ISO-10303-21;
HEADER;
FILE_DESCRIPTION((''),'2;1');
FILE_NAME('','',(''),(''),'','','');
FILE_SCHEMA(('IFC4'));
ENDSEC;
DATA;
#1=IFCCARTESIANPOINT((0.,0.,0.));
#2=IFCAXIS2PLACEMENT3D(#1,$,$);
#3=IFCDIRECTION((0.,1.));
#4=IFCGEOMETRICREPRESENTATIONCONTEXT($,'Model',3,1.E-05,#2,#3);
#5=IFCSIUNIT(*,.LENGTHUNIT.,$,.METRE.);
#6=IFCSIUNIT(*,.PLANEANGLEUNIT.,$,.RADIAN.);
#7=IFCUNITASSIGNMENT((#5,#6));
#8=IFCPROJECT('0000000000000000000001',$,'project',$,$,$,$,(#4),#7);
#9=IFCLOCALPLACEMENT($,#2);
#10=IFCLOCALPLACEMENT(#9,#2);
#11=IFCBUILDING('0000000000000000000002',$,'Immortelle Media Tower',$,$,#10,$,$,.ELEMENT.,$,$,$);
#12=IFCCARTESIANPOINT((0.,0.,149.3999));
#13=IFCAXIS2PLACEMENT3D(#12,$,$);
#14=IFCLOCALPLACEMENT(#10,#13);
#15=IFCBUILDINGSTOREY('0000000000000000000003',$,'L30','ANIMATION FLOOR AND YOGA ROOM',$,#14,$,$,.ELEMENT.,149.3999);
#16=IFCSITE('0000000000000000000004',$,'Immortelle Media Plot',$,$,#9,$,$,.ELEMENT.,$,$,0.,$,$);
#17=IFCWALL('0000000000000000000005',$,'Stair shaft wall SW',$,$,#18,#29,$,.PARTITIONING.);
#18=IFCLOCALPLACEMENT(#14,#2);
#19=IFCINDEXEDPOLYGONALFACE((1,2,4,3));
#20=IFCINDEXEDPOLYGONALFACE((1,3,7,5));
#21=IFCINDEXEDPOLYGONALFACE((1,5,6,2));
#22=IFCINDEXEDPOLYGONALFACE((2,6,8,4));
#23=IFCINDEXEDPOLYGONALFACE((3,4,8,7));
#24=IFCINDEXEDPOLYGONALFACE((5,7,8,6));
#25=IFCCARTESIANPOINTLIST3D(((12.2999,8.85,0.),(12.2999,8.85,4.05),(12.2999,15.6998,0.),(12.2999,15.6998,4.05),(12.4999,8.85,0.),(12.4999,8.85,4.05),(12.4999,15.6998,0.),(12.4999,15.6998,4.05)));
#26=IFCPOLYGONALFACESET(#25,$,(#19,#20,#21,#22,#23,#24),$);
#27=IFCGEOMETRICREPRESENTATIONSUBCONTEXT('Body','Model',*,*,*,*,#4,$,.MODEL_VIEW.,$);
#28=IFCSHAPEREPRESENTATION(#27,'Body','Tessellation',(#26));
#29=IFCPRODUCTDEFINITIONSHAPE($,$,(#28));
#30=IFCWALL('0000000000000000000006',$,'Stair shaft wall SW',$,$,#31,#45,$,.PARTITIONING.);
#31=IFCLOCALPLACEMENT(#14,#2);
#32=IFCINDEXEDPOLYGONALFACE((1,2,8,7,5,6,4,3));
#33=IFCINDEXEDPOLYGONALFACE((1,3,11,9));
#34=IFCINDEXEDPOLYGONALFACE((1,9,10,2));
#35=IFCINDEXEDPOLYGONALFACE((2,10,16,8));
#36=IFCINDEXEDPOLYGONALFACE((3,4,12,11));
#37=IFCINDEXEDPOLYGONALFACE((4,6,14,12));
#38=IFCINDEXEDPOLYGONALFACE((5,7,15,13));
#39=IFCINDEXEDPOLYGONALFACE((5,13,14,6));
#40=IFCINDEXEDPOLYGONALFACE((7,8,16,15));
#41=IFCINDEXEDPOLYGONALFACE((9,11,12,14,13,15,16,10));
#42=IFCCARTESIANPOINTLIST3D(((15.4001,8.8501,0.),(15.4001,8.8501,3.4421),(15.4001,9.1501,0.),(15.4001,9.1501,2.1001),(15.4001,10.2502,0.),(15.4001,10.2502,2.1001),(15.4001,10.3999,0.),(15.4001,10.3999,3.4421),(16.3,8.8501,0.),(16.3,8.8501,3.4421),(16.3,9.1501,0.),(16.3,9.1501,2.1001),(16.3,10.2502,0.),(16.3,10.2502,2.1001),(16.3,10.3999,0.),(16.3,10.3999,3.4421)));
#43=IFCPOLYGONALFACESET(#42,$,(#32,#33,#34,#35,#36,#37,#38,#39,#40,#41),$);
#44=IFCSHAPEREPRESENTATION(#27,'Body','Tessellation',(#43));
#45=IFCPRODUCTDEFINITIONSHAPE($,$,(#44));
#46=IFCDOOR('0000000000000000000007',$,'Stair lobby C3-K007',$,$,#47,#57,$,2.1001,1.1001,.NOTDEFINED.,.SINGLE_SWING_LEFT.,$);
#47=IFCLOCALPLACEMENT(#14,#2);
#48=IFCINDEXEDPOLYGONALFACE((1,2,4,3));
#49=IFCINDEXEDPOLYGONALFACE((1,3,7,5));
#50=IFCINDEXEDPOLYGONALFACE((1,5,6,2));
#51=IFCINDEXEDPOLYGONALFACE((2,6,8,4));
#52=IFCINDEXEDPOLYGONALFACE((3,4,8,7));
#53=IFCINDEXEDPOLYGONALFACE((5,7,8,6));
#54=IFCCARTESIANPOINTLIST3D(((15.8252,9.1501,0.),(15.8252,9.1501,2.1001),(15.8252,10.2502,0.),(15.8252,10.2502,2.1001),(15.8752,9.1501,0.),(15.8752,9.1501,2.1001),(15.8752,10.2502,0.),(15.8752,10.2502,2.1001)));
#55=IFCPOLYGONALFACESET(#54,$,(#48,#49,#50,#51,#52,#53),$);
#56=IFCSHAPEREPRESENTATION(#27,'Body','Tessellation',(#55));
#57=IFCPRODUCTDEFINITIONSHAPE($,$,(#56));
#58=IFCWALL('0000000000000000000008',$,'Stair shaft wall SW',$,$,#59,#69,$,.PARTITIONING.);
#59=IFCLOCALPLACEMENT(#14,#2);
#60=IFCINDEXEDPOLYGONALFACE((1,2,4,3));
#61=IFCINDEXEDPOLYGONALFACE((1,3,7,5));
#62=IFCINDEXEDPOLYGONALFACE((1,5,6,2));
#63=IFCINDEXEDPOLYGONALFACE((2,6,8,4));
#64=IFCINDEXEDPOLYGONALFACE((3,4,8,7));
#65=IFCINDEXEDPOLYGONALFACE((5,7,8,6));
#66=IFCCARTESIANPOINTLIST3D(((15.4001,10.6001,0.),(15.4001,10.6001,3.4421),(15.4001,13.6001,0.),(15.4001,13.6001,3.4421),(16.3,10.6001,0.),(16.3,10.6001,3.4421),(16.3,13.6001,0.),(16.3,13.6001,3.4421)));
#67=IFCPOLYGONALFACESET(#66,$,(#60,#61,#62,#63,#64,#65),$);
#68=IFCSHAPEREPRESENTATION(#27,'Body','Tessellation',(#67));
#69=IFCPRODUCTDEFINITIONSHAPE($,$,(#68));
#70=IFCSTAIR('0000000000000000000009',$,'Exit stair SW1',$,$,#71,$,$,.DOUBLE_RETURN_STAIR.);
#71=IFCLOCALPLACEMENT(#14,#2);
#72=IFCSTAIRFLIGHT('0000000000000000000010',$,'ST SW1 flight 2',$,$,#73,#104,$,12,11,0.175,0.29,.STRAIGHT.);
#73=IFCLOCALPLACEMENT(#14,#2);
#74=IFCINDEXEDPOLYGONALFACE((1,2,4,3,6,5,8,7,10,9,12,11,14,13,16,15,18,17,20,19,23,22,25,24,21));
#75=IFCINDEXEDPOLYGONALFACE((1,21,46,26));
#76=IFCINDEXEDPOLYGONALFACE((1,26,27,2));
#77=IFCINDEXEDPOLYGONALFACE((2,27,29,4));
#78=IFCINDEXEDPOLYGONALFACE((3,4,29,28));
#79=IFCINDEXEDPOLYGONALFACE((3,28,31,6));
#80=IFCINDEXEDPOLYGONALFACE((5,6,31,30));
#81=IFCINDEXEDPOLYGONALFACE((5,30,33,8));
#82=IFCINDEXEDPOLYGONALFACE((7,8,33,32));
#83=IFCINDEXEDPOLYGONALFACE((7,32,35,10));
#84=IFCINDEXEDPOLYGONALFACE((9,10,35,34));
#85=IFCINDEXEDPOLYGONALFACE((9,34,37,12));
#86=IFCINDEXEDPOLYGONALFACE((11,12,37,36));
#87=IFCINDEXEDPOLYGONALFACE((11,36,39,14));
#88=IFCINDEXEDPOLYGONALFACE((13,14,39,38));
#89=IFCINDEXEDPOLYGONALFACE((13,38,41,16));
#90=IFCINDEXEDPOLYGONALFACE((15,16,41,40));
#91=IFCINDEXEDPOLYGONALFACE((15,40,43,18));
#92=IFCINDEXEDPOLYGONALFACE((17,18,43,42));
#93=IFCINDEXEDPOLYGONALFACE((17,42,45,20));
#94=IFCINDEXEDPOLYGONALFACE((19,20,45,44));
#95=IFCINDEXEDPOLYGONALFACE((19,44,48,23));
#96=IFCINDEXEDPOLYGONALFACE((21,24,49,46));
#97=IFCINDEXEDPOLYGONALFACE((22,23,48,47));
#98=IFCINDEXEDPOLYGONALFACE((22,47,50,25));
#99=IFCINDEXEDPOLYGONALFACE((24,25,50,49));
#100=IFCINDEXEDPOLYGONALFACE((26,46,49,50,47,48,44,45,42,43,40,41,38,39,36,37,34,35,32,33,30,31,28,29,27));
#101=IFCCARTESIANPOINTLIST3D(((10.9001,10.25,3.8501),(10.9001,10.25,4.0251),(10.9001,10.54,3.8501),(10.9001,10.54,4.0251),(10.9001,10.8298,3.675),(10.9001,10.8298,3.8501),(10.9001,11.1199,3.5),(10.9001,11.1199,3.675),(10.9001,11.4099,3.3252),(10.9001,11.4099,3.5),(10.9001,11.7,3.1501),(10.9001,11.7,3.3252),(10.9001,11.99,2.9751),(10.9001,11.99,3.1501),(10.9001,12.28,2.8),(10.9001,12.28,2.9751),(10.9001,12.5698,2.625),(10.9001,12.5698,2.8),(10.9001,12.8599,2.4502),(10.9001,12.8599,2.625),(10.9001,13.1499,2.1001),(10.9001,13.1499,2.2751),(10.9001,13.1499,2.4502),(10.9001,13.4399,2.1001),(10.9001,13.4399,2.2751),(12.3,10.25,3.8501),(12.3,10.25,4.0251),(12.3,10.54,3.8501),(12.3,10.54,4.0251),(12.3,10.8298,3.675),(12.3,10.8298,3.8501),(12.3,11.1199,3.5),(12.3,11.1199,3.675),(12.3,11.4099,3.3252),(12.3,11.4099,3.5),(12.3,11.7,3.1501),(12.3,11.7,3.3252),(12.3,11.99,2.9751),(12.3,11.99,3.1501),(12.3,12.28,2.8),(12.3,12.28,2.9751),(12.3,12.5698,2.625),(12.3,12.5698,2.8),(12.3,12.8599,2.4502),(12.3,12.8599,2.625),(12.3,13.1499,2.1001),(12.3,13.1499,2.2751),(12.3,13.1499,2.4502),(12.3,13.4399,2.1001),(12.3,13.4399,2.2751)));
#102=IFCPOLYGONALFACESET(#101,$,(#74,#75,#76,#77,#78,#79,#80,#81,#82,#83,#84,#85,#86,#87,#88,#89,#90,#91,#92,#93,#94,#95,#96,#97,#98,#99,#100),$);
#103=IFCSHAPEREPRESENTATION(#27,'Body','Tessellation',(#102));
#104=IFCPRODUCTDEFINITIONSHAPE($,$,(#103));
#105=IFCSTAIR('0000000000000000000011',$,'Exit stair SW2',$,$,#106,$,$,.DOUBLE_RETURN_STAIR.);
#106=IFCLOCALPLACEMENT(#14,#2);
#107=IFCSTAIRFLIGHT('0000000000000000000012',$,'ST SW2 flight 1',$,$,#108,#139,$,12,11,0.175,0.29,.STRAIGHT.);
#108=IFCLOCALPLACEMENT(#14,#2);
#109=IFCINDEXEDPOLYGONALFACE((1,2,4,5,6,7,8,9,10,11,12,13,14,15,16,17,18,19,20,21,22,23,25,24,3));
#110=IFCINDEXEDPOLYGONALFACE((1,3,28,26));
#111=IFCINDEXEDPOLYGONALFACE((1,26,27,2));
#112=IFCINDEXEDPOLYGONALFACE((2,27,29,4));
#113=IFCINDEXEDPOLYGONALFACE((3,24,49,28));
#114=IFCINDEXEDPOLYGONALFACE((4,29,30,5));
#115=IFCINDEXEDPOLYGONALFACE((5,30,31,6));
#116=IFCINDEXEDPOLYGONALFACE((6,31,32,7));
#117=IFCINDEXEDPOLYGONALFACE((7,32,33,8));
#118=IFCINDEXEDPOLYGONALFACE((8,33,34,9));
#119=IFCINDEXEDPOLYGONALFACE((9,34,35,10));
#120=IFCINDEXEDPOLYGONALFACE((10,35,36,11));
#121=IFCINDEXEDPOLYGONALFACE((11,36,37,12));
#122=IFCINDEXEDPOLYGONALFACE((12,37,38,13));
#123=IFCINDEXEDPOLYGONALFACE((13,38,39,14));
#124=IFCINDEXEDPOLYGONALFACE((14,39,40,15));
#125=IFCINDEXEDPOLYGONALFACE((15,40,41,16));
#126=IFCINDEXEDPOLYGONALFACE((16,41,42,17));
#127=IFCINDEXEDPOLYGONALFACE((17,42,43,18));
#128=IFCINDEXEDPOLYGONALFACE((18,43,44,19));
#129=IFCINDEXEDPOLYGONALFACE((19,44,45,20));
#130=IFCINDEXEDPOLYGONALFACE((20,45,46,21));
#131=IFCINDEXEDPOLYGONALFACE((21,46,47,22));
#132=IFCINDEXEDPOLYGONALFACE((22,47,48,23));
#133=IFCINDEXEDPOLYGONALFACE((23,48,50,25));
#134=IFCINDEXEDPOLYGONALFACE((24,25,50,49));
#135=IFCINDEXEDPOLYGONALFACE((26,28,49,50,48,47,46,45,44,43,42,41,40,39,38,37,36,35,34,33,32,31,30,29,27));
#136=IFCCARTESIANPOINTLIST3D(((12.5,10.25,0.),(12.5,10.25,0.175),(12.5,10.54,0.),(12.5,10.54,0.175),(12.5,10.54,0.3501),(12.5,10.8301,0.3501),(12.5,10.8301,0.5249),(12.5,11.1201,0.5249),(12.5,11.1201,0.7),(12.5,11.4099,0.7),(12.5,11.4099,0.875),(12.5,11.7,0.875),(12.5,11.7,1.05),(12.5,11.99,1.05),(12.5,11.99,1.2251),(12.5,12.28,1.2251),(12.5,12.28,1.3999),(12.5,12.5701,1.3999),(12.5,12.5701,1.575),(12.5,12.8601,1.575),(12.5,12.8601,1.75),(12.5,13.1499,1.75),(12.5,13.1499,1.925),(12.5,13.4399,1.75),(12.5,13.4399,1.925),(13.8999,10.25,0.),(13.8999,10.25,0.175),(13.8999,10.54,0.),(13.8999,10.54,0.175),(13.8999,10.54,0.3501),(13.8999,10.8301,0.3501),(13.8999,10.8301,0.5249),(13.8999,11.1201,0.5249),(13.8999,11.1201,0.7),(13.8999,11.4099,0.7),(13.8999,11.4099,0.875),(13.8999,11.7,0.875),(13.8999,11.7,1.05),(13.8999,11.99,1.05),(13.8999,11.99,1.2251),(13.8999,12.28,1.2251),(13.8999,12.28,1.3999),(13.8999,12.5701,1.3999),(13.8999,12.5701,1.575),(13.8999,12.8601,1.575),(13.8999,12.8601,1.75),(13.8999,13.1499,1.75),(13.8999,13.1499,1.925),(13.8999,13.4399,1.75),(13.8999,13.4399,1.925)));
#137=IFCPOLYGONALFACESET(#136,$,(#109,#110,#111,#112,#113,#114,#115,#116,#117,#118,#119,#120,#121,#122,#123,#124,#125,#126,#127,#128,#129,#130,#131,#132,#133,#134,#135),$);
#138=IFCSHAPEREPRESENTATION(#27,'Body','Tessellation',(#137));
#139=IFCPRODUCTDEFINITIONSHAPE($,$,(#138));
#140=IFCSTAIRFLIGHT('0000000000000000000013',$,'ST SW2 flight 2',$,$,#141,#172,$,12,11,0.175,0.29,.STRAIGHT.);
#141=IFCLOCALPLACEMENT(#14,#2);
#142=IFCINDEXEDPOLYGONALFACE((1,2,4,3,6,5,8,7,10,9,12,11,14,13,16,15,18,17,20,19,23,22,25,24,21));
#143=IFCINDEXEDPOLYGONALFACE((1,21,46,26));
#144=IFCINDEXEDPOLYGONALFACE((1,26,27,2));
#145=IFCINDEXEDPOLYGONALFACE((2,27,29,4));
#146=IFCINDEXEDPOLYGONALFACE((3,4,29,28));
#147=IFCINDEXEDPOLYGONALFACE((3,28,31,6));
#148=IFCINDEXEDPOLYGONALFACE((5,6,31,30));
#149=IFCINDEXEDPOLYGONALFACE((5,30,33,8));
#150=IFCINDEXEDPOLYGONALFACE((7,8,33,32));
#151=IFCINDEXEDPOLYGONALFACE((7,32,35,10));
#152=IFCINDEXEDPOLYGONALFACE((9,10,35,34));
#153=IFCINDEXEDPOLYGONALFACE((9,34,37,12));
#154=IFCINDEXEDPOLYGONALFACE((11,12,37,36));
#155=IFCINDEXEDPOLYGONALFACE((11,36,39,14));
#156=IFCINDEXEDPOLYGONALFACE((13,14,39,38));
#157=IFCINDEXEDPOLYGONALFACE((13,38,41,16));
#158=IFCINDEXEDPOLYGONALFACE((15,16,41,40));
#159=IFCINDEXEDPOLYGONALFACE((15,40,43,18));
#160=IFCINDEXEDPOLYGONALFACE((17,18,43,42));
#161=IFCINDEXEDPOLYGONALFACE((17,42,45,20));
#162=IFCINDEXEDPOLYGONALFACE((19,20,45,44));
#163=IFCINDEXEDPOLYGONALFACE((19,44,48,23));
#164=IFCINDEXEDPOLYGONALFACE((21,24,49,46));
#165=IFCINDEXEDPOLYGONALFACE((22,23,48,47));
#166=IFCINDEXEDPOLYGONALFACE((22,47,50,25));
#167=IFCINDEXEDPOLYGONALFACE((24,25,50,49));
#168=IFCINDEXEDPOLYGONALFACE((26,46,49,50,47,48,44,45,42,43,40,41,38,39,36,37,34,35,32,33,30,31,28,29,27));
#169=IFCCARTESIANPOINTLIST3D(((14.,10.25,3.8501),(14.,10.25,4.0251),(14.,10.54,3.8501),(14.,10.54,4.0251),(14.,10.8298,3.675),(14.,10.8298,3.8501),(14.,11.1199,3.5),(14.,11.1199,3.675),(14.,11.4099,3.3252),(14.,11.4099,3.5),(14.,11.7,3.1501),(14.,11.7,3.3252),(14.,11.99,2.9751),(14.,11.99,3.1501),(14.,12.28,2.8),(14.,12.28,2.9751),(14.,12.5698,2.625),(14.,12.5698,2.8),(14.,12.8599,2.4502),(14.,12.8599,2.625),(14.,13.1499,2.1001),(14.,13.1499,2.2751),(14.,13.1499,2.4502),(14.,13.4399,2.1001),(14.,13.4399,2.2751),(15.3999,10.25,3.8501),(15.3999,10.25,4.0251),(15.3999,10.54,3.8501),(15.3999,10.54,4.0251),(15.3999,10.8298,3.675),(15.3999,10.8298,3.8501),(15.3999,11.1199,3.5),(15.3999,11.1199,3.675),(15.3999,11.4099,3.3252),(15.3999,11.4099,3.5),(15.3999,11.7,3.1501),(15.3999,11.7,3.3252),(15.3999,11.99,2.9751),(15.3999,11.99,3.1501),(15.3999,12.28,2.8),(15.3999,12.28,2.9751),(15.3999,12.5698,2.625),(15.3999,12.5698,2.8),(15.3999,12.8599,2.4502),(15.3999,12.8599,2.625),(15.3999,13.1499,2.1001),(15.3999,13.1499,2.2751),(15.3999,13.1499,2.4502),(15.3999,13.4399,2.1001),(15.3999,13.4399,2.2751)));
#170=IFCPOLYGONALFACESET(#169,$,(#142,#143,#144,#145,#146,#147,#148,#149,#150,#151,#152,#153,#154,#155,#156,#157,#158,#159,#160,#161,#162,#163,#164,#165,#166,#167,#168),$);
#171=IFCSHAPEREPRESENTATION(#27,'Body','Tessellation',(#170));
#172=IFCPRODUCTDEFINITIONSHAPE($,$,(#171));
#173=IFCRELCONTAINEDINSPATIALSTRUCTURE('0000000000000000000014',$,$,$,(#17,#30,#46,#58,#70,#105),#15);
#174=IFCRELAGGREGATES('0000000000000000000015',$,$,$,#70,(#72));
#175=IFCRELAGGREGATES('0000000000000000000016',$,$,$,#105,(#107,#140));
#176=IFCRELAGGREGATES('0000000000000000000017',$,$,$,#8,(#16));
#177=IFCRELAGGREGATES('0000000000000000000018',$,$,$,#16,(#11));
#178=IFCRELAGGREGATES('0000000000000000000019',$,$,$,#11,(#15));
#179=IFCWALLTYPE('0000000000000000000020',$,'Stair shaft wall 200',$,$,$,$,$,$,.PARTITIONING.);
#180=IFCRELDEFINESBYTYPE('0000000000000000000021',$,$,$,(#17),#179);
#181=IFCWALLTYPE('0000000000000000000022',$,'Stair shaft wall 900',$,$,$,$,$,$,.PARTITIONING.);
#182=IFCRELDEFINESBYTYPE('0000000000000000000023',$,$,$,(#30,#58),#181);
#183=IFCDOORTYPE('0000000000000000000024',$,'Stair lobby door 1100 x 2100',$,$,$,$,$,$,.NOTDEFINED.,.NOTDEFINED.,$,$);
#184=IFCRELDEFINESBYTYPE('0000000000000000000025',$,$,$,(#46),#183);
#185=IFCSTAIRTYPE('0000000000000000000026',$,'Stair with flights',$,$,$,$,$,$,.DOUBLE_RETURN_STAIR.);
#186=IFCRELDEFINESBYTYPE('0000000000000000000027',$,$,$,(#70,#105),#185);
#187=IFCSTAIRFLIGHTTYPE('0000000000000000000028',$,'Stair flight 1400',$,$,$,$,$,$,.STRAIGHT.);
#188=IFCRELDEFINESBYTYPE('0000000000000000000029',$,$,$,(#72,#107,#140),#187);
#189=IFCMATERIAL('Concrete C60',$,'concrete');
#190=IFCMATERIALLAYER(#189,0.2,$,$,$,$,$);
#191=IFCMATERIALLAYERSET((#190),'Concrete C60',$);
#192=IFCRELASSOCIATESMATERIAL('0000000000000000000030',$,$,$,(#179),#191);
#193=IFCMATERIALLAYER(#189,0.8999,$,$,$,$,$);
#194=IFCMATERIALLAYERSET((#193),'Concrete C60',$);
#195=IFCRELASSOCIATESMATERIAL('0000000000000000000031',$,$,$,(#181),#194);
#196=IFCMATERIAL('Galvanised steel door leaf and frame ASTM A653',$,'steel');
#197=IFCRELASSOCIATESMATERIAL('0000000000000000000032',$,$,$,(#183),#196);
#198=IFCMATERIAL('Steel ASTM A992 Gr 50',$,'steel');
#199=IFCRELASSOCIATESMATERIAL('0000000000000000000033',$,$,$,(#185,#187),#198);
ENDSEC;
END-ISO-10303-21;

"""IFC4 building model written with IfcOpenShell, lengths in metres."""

from ifc_helpers import new_model, si_unit, direction, frame, frame_2d, origin, place, context, subcontext, project, spatial, polyline, rectangle, outline, extrude, material, layer, layer_set, type_object, element, fill, aggregate, save


model = new_model("IFC4")

# Units and contexts
model_context = context("Model", 3, precision=1e-05, world=origin(), true_north=direction((0.0, 1.0)))
body_context = subcontext(model_context, "Body", "Model", "MODEL_VIEW")
ifc_project = project(units=[si_unit("LENGTHUNIT", "METRE"), si_unit("PLANEANGLEUNIT", "RADIAN")], contexts=[model_context])

# Site, building, storey
site_placement = place(None, origin())
site = spatial("IfcSite", under=ifc_project, at=site_placement, Name="Immortelle Media Plot", CompositionType="ELEMENT", RefElevation=0.0)
building_placement = place(site_placement, origin())
building = spatial("IfcBuilding", under=site, at=building_placement, Name="Immortelle Media Tower", CompositionType="ELEMENT")
storey_placement = place(building_placement, frame((0.0, 0.0, 149.3999)))
storey = spatial("IfcBuildingStorey", under=building, at=storey_placement, Name="L30", Description="ANIMATION FLOOR AND YOGA ROOM", CompositionType="ELEMENT", Elevation=149.3999)

# Shared definitions
ifc_material_1 = material(Name="Steel ASTM A992 Gr 50", Category="steel")

# Wall
ifc_material_2 = material(Name="Concrete C60", Category="concrete")
ifc_layer_1 = layer(ifc_material_2, 0.2)
ifc_layer_set_1 = layer_set([ifc_layer_1], Name="Concrete C60")
wall_type_1 = type_object("IfcWallType", Name="Stair shaft wall 200", PredefinedType="PARTITIONING", material=ifc_layer_set_1)
wall_1_placement = place(storey_placement, frame((12.3999, 8.8501, 0.0), z_axis=(0.0, 0.0, 1.0), x_axis=(0.0, 1.0, 0.0)))
element("IfcWall", 1, at=wall_1_placement, inside=storey, type_object=wall_type_1, Name="Stair shaft wall SW", PredefinedType="PARTITIONING", context=body_context, shape_type="SweptSolid", body=[
    extrude(rectangle(XDim=6.8499, YDim=0.2, at=frame_2d((3.4248, 0.0))), origin(), (0.0, 0.0, 1.0), 4.05),
])

# Wall, opening, door
ifc_layer_2 = layer(ifc_material_2, 0.8999)
ifc_layer_set_2 = layer_set([ifc_layer_2], Name="Concrete C60")
wall_type_2 = type_object("IfcWallType", Name="Stair shaft wall 900", PredefinedType="PARTITIONING", material=ifc_layer_set_2)
wall_2_placement = place(storey_placement, frame((15.8501, 8.8501, 0.0), z_axis=(0.0, 0.0, 1.0), x_axis=(0.0, 1.0, 0.0)))
wall_2 = element("IfcWall", 2, at=wall_2_placement, inside=storey, type_object=wall_type_2, Name="Stair shaft wall SW", PredefinedType="PARTITIONING", context=body_context, shape_type="SweptSolid", body=[
    extrude(rectangle(XDim=1.5498, YDim=0.8999, at=frame_2d((0.7749, 0.0))), origin(), (0.0, 0.0, 1.0), 3.4421),
])
opening_1_placement = place(wall_2_placement, frame((0.3, 0.0, 0.0)))
opening_1 = element("IfcOpeningElement", 3, at=opening_1_placement, cuts=wall_2, PredefinedType="OPENING", context=body_context, shape_type="SweptSolid", body=[
    extrude(rectangle(XDim=1.1001, YDim=2.1001, at=frame_2d((0.55, 1.05))), frame((0.0, 0.46, 0.0), z_axis=(0.0, -1.0, 0.0), x_axis=(1.0, 0.0, 0.0)), (0.0, 0.0, 1.0), 0.9199),
])
ifc_material_3 = material(Name="Galvanised steel door leaf and frame ASTM A653", Category="steel")
door_type_1 = type_object("IfcDoorType", Name="Stair lobby door 1100 x 2100", OperationType="NOTDEFINED", PredefinedType="NOTDEFINED", material=ifc_material_3)
door_1_placement = place(opening_1_placement, origin())
door_1 = element("IfcDoor", 4, at=door_1_placement, inside=storey, type_object=door_type_1, Name="Stair lobby C3-K007", OperationType="SINGLE_SWING_LEFT", OverallHeight=2.1001, OverallWidth=1.1001, PredefinedType="NOTDEFINED", context=body_context, shape_type="SweptSolid", body=[
    extrude(rectangle(XDim=1.1001, YDim=2.1001, at=frame_2d((0.55, 1.05))), frame((0.0, 0.0249, 0.0), z_axis=(0.0, -1.0, 0.0), x_axis=(1.0, 0.0, 0.0)), (0.0, 0.0, 1.0), 0.05),
])
fill(opening_1, door_1)

# Wall
wall_3_placement = place(storey_placement, frame((15.8501, 10.6001, 0.0), z_axis=(0.0, 0.0, 1.0), x_axis=(0.0, 1.0, 0.0)))
element("IfcWall", 5, at=wall_3_placement, inside=storey, type_object=wall_type_2, Name="Stair shaft wall SW", PredefinedType="PARTITIONING", context=body_context, shape_type="SweptSolid", body=[
    extrude(rectangle(XDim=3.0, YDim=0.8999, at=frame_2d((1.5, 0.0))), origin(), (0.0, 0.0, 1.0), 3.4421),
])

# Stair, stair flight
stair_type = type_object("IfcStairType", Name="Stair with flights", PredefinedType="DOUBLE_RETURN_STAIR", material=ifc_material_1)
stair_1_placement = place(storey_placement, origin())
stair_1 = element("IfcStair", 6, at=stair_1_placement, inside=storey, type_object=stair_type, Name="Exit stair SW1", PredefinedType="DOUBLE_RETURN_STAIR")
stair_flight_type = type_object("IfcStairFlightType", Name="Stair flight 1400", PredefinedType="STRAIGHT", material=ifc_material_1)
stair_flight_1_placement = place(storey_placement, frame((11.6001, 13.4399, 2.1001), z_axis=(0.0, 0.0, 1.0), x_axis=(0.0, -1.0, 0.0)))
stair_flight_1 = element("IfcStairFlight", 7, at=stair_flight_1_placement, type_object=stair_flight_type, Name="ST SW1 flight 2", NumberOfRisers=12, NumberOfTreads=11, PredefinedType="STRAIGHT", RiserHeight=0.175, TreadLength=0.29, context=body_context, shape_type="SweptSolid", body=[
    extrude(outline(polyline([(0.0, 0.0), (0.0, 0.175), (0.29, 0.175), (0.29, 0.3501), (0.5801, 0.3501), (0.5801, 0.5249), (0.8701, 0.5249), (0.8701, 0.7), (1.1599, 0.7), (1.1599, 0.875), (1.45, 0.875), (1.45, 1.05), (1.74, 1.05), (1.74, 1.2251), (2.03, 1.2251), (2.03, 1.3999), (2.3201, 1.3999), (2.3201, 1.575), (2.6101, 1.575), (2.6101, 1.75), (2.8999, 1.75), (2.8999, 1.925), (3.1899, 1.925), (3.1899, 2.1001), (3.1899, 1.75), (0.29, 0.0), (0.0, 0.0)])), frame((0.0, 0.7, 0.0), z_axis=(0.0, -1.0, 0.0), x_axis=(1.0, 0.0, 0.0)), (0.0, 0.0, 1.0), 1.3999),
])
aggregate(stair_1, [stair_flight_1])

# Stair, stair flights
stair_2_placement = place(storey_placement, origin())
stair_2 = element("IfcStair", 8, at=stair_2_placement, inside=storey, type_object=stair_type, Name="Exit stair SW2", PredefinedType="DOUBLE_RETURN_STAIR")
stair_flight_2_placement = place(storey_placement, frame((13.2, 10.25, 0.0), z_axis=(0.0, 0.0, 1.0), x_axis=(0.0, 1.0, 0.0)))
stair_flight_2 = element("IfcStairFlight", 9, at=stair_flight_2_placement, type_object=stair_flight_type, Name="ST SW2 flight 1", NumberOfRisers=12, NumberOfTreads=11, PredefinedType="STRAIGHT", RiserHeight=0.175, TreadLength=0.29, context=body_context, shape_type="SweptSolid", body=[
    extrude(outline(polyline([(0.0, 0.0), (0.0, 0.175), (0.29, 0.175), (0.29, 0.3501), (0.5801, 0.3501), (0.5801, 0.5249), (0.8701, 0.5249), (0.8701, 0.7), (1.1599, 0.7), (1.1599, 0.875), (1.45, 0.875), (1.45, 1.05), (1.74, 1.05), (1.74, 1.2251), (2.03, 1.2251), (2.03, 1.3999), (2.3201, 1.3999), (2.3201, 1.575), (2.6101, 1.575), (2.6101, 1.75), (2.8999, 1.75), (2.8999, 1.925), (3.1899, 1.925), (3.1899, 2.1001), (3.1899, 1.75), (0.29, 0.0), (0.0, 0.0)])), frame((0.0, 0.7, 0.0), z_axis=(0.0, -1.0, 0.0), x_axis=(1.0, 0.0, 0.0)), (0.0, 0.0, 1.0), 1.3999),
])
stair_flight_3_placement = place(storey_placement, frame((14.7, 13.4399, 2.1001), z_axis=(0.0, 0.0, 1.0), x_axis=(0.0, -1.0, 0.0)))
stair_flight_3 = element("IfcStairFlight", 10, at=stair_flight_3_placement, type_object=stair_flight_type, Name="ST SW2 flight 2", NumberOfRisers=12, NumberOfTreads=11, PredefinedType="STRAIGHT", RiserHeight=0.175, TreadLength=0.29, context=body_context, shape_type="SweptSolid", body=[
    extrude(outline(polyline([(0.0, 0.0), (0.0, 0.175), (0.29, 0.175), (0.29, 0.3501), (0.5801, 0.3501), (0.5801, 0.5249), (0.8701, 0.5249), (0.8701, 0.7), (1.1599, 0.7), (1.1599, 0.875), (1.45, 0.875), (1.45, 1.05), (1.74, 1.05), (1.74, 1.2251), (2.03, 1.2251), (2.03, 1.3999), (2.3201, 1.3999), (2.3201, 1.575), (2.6101, 1.575), (2.6101, 1.75), (2.8999, 1.75), (2.8999, 1.925), (3.1899, 1.925), (3.1899, 2.1001), (3.1899, 1.75), (0.29, 0.0), (0.0, 0.0)])), frame((0.0, 0.7, 0.0), z_axis=(0.0, -1.0, 0.0), x_axis=(1.0, 0.0, 0.0)), (0.0, 0.0, 1.0), 1.3999),
])
aggregate(stair_2, [stair_flight_2, stair_flight_3])

save(model, "model.ifc")
